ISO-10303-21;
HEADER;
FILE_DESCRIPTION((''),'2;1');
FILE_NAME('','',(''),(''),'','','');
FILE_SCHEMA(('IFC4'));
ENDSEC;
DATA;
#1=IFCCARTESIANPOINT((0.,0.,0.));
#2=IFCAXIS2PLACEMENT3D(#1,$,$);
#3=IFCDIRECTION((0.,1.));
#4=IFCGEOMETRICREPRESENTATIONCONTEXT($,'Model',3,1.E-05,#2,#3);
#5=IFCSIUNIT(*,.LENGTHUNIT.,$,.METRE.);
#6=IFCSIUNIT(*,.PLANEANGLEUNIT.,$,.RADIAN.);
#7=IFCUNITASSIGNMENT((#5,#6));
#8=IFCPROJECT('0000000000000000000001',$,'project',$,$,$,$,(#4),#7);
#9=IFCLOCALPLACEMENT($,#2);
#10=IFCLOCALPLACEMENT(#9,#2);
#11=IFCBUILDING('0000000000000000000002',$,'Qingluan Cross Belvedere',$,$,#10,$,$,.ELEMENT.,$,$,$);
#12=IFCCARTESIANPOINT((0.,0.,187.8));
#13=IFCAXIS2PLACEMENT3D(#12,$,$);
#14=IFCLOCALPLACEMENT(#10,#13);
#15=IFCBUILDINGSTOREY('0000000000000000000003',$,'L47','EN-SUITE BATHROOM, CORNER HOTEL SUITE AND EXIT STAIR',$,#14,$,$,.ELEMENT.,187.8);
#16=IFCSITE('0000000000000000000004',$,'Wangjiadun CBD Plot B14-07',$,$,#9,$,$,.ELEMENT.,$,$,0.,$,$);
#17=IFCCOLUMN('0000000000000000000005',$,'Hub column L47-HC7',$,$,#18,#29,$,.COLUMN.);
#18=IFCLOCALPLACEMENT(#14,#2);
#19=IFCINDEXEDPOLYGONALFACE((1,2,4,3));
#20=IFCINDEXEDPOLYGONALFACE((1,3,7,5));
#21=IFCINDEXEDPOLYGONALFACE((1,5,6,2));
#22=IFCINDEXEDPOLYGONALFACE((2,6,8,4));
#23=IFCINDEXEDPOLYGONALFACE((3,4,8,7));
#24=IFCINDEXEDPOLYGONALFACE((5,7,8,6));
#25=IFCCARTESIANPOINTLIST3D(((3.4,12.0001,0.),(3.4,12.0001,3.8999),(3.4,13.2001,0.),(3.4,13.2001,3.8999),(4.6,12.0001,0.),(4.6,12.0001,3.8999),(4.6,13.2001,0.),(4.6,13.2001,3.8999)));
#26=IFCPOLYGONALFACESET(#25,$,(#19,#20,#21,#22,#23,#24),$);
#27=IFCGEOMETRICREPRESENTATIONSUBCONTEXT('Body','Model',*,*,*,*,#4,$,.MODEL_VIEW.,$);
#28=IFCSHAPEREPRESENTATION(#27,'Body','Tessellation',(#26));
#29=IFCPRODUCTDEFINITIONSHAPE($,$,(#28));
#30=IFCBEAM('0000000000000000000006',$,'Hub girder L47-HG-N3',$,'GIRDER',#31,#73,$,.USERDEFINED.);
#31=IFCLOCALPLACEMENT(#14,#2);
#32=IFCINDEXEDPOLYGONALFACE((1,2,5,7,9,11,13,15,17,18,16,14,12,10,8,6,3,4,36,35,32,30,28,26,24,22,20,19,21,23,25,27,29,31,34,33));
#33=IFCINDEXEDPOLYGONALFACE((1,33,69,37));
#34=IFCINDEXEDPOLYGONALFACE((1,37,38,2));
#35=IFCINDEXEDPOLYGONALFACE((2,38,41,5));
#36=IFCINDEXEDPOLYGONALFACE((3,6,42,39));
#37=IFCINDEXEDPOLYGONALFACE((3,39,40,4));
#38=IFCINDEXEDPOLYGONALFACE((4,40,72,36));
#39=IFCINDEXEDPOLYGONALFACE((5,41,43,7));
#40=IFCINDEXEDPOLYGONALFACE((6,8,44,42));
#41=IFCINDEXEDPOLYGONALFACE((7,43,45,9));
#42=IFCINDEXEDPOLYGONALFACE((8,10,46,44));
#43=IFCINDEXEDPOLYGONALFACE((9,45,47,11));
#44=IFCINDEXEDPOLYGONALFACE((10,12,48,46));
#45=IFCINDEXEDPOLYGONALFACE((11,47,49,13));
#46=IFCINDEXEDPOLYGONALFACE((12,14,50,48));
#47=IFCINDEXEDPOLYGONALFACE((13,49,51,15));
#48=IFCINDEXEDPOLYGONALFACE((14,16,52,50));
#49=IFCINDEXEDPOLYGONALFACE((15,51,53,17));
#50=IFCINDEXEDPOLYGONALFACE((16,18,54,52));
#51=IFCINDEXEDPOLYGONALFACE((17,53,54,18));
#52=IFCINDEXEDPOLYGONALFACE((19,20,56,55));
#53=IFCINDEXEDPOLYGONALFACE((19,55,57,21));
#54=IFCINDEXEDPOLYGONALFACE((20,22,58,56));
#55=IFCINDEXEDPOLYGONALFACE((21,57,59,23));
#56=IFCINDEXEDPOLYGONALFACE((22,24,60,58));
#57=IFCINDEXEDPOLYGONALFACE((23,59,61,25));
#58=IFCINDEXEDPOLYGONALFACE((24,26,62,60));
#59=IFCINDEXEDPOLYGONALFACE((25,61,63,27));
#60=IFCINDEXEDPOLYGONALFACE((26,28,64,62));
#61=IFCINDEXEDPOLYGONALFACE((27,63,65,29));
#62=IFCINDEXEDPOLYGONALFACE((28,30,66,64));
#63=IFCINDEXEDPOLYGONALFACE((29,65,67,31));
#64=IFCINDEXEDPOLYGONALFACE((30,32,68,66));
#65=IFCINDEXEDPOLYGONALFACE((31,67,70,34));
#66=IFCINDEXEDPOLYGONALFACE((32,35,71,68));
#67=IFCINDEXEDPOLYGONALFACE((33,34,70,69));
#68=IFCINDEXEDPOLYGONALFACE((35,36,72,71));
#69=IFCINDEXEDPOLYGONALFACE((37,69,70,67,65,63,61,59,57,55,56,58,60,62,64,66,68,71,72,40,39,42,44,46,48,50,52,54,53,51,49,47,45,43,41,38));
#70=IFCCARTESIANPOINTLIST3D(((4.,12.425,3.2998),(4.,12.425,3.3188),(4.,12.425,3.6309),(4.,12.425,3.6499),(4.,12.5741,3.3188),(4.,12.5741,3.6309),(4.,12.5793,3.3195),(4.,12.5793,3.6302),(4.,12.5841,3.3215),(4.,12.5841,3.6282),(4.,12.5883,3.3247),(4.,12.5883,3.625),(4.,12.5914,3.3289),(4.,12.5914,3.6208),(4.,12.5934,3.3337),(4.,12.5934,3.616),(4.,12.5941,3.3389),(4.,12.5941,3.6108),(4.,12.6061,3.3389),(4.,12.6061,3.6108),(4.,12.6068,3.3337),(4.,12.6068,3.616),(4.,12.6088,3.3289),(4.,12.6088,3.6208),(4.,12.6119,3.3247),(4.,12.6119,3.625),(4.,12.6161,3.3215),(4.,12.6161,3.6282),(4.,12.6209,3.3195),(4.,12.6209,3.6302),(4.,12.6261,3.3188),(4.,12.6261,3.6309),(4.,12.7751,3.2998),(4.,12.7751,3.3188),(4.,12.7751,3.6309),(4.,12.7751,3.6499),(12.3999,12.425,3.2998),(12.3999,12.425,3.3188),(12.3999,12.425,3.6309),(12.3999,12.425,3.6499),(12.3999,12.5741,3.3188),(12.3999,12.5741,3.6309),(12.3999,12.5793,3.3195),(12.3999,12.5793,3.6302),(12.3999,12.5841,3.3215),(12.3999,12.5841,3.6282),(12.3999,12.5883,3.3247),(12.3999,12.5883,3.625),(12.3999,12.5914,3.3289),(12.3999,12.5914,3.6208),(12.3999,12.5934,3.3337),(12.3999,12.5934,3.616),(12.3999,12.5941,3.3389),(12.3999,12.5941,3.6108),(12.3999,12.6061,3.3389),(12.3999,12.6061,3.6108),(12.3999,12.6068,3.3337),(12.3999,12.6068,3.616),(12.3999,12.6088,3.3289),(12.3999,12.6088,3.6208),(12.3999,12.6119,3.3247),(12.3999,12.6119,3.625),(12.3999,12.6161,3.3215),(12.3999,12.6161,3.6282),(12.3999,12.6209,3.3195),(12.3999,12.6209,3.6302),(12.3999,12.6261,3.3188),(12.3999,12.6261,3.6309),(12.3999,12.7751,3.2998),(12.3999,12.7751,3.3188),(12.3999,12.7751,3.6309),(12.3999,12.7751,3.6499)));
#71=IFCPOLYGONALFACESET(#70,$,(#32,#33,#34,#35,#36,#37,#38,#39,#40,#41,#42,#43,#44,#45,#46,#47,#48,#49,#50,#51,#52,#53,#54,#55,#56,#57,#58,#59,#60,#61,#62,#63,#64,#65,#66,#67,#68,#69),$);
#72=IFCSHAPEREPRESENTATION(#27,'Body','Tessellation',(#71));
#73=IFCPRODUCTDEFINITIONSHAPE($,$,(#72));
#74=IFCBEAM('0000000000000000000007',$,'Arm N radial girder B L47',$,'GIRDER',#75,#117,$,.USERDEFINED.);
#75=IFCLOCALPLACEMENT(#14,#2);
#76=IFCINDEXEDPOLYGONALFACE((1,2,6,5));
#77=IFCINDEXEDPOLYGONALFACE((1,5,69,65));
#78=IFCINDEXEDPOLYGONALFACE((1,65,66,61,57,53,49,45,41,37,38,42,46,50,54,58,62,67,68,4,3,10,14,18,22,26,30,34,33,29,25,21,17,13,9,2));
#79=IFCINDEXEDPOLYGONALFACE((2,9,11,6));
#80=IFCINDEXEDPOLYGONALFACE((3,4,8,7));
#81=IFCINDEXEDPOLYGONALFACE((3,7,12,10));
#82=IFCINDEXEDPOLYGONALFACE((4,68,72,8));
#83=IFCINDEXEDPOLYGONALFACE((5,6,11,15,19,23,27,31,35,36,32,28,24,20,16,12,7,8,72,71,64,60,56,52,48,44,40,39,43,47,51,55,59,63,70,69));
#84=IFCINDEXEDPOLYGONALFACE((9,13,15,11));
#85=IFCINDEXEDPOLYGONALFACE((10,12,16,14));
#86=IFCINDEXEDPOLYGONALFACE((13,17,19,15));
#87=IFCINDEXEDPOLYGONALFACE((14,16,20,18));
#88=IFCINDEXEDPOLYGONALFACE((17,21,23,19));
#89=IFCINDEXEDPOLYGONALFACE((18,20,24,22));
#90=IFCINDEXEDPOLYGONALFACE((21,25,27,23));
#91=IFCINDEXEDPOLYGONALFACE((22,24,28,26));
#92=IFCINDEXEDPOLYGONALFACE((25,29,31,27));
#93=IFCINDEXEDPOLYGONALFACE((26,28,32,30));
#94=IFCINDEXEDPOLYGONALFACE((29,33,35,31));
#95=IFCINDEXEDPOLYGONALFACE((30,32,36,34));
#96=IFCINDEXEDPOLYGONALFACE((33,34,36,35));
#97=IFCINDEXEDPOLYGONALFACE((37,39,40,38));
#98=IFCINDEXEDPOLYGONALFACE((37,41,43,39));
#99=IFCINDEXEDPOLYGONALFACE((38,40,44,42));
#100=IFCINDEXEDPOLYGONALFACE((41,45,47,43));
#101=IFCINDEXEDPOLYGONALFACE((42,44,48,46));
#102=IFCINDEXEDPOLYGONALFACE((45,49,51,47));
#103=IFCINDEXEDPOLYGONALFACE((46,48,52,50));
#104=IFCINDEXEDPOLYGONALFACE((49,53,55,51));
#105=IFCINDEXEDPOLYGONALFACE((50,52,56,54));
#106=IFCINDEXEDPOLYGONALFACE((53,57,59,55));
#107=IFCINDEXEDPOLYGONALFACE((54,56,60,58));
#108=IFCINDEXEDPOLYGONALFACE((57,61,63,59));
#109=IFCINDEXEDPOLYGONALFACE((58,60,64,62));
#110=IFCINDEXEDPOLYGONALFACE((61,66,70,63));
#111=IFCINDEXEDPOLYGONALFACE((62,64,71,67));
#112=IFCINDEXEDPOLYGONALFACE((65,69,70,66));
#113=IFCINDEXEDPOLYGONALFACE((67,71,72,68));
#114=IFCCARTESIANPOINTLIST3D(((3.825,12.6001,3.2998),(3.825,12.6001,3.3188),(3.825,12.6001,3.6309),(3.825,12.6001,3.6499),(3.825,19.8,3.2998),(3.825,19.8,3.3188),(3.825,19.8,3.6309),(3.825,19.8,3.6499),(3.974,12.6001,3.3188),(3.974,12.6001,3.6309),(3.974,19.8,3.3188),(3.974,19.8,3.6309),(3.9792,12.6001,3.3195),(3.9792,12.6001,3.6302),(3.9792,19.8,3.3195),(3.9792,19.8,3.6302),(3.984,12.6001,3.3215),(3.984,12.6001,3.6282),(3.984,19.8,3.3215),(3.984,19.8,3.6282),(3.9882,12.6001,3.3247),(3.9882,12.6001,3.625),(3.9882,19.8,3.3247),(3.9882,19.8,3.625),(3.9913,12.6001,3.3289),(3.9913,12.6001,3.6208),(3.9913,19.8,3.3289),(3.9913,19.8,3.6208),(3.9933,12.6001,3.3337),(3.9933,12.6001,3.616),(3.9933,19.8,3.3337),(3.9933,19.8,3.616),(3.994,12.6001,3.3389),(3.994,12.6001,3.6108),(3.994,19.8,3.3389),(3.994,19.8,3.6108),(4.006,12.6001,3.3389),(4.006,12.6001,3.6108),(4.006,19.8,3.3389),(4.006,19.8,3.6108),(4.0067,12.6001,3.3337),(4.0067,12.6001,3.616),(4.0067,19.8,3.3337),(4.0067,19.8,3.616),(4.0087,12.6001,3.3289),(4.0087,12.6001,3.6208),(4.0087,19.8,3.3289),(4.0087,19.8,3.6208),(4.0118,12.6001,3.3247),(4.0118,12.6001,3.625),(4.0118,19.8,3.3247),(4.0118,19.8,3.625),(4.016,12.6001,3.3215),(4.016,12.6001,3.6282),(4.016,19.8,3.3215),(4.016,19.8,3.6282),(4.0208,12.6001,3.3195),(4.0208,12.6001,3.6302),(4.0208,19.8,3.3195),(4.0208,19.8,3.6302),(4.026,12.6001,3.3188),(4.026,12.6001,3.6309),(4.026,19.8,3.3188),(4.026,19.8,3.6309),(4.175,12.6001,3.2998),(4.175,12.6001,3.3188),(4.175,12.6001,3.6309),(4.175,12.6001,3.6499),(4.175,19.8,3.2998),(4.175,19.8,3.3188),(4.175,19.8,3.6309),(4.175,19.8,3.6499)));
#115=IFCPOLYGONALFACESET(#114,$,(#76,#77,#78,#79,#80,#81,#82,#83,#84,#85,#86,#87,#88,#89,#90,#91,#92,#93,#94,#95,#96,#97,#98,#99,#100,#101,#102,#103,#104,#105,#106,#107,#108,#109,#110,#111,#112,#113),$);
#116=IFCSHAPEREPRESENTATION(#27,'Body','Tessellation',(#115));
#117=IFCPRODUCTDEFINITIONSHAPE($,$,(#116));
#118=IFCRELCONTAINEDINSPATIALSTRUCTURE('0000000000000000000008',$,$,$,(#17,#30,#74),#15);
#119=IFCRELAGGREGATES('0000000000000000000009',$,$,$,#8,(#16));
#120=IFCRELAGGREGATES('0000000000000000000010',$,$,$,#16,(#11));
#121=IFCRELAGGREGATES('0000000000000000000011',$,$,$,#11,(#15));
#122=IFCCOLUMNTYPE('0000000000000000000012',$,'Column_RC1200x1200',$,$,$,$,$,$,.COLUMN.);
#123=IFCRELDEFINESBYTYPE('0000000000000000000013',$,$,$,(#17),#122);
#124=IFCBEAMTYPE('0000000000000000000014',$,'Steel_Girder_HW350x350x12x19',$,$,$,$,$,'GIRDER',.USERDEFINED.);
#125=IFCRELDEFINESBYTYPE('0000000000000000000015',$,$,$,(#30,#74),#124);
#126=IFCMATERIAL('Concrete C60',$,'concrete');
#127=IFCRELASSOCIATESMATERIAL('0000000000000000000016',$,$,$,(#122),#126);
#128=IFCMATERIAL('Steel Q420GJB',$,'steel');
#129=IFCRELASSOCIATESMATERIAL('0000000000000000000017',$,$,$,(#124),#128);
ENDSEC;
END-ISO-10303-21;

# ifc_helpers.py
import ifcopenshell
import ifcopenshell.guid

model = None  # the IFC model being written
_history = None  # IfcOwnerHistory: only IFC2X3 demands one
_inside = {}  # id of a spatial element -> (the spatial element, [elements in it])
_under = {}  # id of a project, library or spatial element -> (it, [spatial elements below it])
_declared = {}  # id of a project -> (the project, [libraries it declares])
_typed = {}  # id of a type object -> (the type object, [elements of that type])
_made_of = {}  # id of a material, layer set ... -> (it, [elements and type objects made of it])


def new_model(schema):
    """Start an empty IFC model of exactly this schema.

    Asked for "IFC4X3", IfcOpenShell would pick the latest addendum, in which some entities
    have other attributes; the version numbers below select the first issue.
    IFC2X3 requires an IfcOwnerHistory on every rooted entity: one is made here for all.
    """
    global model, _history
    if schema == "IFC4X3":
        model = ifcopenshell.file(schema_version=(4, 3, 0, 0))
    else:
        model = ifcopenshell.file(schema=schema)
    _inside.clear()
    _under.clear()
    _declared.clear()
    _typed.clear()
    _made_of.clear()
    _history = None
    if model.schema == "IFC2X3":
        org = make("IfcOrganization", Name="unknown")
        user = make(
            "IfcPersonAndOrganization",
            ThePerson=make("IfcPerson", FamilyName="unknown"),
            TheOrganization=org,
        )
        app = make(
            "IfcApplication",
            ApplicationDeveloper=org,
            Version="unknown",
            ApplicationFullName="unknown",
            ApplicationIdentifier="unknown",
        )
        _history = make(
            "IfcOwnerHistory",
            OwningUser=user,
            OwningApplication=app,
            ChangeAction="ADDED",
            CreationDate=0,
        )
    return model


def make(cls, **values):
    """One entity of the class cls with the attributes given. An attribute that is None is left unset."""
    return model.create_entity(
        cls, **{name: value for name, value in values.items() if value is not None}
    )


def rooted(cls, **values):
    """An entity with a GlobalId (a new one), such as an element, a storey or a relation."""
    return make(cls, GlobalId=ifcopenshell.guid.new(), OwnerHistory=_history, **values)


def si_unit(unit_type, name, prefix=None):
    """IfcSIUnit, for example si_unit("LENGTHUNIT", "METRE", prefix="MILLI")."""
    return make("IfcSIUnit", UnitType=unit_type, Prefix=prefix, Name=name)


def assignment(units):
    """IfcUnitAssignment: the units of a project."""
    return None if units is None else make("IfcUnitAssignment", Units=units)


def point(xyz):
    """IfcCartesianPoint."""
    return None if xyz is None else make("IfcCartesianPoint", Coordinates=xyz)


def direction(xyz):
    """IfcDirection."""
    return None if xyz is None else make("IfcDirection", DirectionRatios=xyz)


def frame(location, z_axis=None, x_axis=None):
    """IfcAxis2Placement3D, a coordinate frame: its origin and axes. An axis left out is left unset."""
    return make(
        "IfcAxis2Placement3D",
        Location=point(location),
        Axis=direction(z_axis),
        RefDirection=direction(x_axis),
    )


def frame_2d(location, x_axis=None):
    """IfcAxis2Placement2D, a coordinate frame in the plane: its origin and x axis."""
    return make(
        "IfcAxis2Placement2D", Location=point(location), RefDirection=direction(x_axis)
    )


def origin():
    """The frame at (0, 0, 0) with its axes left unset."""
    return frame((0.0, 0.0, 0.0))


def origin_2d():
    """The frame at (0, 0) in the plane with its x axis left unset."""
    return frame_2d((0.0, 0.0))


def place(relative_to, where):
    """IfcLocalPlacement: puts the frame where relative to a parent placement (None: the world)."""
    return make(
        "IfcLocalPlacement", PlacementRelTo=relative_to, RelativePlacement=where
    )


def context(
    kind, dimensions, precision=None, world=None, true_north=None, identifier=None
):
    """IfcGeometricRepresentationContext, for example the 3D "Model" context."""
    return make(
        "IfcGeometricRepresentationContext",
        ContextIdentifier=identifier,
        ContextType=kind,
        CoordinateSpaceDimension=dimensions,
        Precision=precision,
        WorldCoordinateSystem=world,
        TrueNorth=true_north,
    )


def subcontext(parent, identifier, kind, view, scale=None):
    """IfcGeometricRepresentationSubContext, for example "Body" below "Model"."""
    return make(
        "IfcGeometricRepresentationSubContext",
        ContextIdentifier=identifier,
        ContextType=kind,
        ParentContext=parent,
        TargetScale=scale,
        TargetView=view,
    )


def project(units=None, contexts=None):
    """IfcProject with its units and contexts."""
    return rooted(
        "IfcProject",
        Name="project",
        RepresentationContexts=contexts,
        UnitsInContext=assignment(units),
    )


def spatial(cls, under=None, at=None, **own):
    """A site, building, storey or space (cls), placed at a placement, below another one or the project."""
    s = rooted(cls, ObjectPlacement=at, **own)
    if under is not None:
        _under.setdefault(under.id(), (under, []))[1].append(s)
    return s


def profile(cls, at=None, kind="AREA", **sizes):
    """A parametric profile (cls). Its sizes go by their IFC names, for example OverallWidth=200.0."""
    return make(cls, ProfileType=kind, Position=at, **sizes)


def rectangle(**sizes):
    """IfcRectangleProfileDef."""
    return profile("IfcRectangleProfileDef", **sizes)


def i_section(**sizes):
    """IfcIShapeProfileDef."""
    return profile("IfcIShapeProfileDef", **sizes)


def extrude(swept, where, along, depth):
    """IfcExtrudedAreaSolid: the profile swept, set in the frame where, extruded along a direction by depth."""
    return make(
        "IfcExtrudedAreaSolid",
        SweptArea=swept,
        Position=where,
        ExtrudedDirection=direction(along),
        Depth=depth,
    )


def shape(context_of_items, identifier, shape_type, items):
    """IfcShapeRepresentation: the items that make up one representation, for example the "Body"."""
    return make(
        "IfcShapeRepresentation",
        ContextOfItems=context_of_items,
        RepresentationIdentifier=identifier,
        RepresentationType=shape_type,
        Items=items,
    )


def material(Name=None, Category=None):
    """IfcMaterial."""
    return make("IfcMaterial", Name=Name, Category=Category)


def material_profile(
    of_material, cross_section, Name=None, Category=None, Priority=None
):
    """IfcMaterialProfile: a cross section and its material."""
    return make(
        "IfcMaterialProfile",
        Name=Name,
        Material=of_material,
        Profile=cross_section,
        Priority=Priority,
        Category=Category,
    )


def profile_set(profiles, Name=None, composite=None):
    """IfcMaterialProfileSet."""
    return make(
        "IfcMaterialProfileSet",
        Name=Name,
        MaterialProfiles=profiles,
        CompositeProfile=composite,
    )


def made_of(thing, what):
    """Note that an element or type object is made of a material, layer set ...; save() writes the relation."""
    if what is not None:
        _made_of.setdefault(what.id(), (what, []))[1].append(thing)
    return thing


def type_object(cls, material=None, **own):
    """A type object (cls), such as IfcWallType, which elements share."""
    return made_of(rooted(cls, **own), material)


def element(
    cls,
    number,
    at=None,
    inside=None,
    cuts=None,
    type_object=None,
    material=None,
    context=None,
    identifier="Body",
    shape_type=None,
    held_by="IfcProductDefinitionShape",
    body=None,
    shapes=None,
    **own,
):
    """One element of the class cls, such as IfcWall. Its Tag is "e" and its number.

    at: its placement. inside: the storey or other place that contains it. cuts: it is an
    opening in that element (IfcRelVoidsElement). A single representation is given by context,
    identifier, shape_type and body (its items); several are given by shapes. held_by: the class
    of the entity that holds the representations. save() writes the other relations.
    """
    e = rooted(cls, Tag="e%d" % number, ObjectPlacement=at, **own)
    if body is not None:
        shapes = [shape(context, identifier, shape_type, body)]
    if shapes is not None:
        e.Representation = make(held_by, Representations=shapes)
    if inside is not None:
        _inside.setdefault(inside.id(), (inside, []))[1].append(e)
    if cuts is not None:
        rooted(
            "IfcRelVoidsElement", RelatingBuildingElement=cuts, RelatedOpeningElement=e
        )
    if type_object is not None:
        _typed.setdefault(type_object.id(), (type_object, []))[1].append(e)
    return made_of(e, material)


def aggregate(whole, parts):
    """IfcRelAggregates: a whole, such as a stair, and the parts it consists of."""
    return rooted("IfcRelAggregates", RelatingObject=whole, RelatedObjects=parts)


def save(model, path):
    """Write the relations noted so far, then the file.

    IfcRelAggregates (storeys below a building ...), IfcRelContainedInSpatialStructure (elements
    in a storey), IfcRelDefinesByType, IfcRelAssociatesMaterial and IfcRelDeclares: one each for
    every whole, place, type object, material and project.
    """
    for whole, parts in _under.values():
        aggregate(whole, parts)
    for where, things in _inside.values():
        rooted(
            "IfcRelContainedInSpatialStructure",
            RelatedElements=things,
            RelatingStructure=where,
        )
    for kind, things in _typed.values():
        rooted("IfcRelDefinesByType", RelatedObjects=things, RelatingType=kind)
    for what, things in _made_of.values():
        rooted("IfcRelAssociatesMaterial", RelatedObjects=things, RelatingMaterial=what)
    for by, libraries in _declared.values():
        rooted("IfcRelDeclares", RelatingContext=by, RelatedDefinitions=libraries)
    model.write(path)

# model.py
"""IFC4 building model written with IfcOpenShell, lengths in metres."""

from ifc_helpers import new_model, si_unit, direction, frame, origin, origin_2d, place, context, subcontext, project, spatial, rectangle, i_section, extrude, material, material_profile, profile_set, type_object, element, save


model = new_model("IFC4")

# Units and contexts
model_context = context("Model", 3, precision=1e-05, world=origin(), true_north=direction((0.0, 1.0)))
body_context = subcontext(model_context, "Body", "Model", "MODEL_VIEW")
ifc_project = project(units=[si_unit("LENGTHUNIT", "METRE"), si_unit("PLANEANGLEUNIT", "RADIAN")], contexts=[model_context])

# Site, building, storey
site_placement = place(None, origin())
site = spatial("IfcSite", under=ifc_project, at=site_placement, Name="Wangjiadun CBD Plot B14-07", CompositionType="ELEMENT", RefElevation=0.0)
building_placement = place(site_placement, origin())
building = spatial("IfcBuilding", under=site, at=building_placement, Name="Qingluan Cross Belvedere", CompositionType="ELEMENT")
storey_placement = place(building_placement, frame((0.0, 0.0, 187.8)))
storey = spatial("IfcBuildingStorey", under=building, at=storey_placement, Name="L47", Description="EN-SUITE BATHROOM, CORNER HOTEL SUITE AND EXIT STAIR", CompositionType="ELEMENT", Elevation=187.8)

# Column
ifc_material_1 = material(Name="Concrete C60", Category="concrete")
ifc_material_profile_1 = material_profile(ifc_material_1, rectangle(XDim=1.2, YDim=1.2, at=origin_2d()), Name="RC1200x1200")
ifc_profile_set_1 = profile_set([ifc_material_profile_1], Name="Concrete C60")
column_type = type_object("IfcColumnType", Name="Column_RC1200x1200", PredefinedType="COLUMN", material=ifc_profile_set_1)
column_placement = place(storey_placement, frame((4.0, 12.6001, 0.0), z_axis=(0.0, 0.0, 1.0), x_axis=(1.0, 0.0, 0.0)))
element("IfcColumn", 1, at=column_placement, inside=storey, type_object=column_type, Name="Hub column L47-HC7", PredefinedType="COLUMN", context=body_context, shape_type="SweptSolid", body=[
    extrude(rectangle(XDim=1.2, YDim=1.2, at=origin_2d()), origin(), (0.0, 0.0, 1.0), 3.8999),
])

# Beams
ifc_material_2 = material(Name="Steel Q420GJB", Category="steel")
ifc_material_profile_2 = material_profile(ifc_material_2, i_section(OverallWidth=0.3501, OverallDepth=0.3501, WebThickness=0.012, FlangeThickness=0.019, FilletRadius=0.02, at=origin_2d()), Name="HW350x350x12x19")
ifc_profile_set_2 = profile_set([ifc_material_profile_2], Name="Steel Q420GJB")
beam_type = type_object("IfcBeamType", Name="Steel_Girder_HW350x350x12x19", ElementType="GIRDER", PredefinedType="USERDEFINED", material=ifc_profile_set_2)
beam_1_placement = place(storey_placement, frame((4.0, 12.6001, 3.4749), z_axis=(1.0, 0.0, 0.0), x_axis=(0.0, 1.0, 0.0)))
element("IfcBeam", 2, at=beam_1_placement, inside=storey, type_object=beam_type, Name="Hub girder L47-HG-N3", ObjectType="GIRDER", PredefinedType="USERDEFINED", context=body_context, shape_type="SweptSolid", body=[
    extrude(i_section(OverallWidth=0.3501, OverallDepth=0.3501, WebThickness=0.012, FlangeThickness=0.019, FilletRadius=0.02, at=origin_2d()), origin(), (0.0, 0.0, 1.0), 8.3999),
])
beam_2_placement = place(storey_placement, frame((4.0, 12.6001, 3.4749), z_axis=(0.0, 1.0, 0.0), x_axis=(-1.0, 0.0, 0.0)))
element("IfcBeam", 3, at=beam_2_placement, inside=storey, type_object=beam_type, Name="Arm N radial girder B L47", ObjectType="GIRDER", PredefinedType="USERDEFINED", context=body_context, shape_type="SweptSolid", body=[
    extrude(i_section(OverallWidth=0.3501, OverallDepth=0.3501, WebThickness=0.012, FlangeThickness=0.019, FilletRadius=0.02, at=origin_2d()), origin(), (0.0, 0.0, 1.0), 7.2),
])

save(model, "model.ifc")
